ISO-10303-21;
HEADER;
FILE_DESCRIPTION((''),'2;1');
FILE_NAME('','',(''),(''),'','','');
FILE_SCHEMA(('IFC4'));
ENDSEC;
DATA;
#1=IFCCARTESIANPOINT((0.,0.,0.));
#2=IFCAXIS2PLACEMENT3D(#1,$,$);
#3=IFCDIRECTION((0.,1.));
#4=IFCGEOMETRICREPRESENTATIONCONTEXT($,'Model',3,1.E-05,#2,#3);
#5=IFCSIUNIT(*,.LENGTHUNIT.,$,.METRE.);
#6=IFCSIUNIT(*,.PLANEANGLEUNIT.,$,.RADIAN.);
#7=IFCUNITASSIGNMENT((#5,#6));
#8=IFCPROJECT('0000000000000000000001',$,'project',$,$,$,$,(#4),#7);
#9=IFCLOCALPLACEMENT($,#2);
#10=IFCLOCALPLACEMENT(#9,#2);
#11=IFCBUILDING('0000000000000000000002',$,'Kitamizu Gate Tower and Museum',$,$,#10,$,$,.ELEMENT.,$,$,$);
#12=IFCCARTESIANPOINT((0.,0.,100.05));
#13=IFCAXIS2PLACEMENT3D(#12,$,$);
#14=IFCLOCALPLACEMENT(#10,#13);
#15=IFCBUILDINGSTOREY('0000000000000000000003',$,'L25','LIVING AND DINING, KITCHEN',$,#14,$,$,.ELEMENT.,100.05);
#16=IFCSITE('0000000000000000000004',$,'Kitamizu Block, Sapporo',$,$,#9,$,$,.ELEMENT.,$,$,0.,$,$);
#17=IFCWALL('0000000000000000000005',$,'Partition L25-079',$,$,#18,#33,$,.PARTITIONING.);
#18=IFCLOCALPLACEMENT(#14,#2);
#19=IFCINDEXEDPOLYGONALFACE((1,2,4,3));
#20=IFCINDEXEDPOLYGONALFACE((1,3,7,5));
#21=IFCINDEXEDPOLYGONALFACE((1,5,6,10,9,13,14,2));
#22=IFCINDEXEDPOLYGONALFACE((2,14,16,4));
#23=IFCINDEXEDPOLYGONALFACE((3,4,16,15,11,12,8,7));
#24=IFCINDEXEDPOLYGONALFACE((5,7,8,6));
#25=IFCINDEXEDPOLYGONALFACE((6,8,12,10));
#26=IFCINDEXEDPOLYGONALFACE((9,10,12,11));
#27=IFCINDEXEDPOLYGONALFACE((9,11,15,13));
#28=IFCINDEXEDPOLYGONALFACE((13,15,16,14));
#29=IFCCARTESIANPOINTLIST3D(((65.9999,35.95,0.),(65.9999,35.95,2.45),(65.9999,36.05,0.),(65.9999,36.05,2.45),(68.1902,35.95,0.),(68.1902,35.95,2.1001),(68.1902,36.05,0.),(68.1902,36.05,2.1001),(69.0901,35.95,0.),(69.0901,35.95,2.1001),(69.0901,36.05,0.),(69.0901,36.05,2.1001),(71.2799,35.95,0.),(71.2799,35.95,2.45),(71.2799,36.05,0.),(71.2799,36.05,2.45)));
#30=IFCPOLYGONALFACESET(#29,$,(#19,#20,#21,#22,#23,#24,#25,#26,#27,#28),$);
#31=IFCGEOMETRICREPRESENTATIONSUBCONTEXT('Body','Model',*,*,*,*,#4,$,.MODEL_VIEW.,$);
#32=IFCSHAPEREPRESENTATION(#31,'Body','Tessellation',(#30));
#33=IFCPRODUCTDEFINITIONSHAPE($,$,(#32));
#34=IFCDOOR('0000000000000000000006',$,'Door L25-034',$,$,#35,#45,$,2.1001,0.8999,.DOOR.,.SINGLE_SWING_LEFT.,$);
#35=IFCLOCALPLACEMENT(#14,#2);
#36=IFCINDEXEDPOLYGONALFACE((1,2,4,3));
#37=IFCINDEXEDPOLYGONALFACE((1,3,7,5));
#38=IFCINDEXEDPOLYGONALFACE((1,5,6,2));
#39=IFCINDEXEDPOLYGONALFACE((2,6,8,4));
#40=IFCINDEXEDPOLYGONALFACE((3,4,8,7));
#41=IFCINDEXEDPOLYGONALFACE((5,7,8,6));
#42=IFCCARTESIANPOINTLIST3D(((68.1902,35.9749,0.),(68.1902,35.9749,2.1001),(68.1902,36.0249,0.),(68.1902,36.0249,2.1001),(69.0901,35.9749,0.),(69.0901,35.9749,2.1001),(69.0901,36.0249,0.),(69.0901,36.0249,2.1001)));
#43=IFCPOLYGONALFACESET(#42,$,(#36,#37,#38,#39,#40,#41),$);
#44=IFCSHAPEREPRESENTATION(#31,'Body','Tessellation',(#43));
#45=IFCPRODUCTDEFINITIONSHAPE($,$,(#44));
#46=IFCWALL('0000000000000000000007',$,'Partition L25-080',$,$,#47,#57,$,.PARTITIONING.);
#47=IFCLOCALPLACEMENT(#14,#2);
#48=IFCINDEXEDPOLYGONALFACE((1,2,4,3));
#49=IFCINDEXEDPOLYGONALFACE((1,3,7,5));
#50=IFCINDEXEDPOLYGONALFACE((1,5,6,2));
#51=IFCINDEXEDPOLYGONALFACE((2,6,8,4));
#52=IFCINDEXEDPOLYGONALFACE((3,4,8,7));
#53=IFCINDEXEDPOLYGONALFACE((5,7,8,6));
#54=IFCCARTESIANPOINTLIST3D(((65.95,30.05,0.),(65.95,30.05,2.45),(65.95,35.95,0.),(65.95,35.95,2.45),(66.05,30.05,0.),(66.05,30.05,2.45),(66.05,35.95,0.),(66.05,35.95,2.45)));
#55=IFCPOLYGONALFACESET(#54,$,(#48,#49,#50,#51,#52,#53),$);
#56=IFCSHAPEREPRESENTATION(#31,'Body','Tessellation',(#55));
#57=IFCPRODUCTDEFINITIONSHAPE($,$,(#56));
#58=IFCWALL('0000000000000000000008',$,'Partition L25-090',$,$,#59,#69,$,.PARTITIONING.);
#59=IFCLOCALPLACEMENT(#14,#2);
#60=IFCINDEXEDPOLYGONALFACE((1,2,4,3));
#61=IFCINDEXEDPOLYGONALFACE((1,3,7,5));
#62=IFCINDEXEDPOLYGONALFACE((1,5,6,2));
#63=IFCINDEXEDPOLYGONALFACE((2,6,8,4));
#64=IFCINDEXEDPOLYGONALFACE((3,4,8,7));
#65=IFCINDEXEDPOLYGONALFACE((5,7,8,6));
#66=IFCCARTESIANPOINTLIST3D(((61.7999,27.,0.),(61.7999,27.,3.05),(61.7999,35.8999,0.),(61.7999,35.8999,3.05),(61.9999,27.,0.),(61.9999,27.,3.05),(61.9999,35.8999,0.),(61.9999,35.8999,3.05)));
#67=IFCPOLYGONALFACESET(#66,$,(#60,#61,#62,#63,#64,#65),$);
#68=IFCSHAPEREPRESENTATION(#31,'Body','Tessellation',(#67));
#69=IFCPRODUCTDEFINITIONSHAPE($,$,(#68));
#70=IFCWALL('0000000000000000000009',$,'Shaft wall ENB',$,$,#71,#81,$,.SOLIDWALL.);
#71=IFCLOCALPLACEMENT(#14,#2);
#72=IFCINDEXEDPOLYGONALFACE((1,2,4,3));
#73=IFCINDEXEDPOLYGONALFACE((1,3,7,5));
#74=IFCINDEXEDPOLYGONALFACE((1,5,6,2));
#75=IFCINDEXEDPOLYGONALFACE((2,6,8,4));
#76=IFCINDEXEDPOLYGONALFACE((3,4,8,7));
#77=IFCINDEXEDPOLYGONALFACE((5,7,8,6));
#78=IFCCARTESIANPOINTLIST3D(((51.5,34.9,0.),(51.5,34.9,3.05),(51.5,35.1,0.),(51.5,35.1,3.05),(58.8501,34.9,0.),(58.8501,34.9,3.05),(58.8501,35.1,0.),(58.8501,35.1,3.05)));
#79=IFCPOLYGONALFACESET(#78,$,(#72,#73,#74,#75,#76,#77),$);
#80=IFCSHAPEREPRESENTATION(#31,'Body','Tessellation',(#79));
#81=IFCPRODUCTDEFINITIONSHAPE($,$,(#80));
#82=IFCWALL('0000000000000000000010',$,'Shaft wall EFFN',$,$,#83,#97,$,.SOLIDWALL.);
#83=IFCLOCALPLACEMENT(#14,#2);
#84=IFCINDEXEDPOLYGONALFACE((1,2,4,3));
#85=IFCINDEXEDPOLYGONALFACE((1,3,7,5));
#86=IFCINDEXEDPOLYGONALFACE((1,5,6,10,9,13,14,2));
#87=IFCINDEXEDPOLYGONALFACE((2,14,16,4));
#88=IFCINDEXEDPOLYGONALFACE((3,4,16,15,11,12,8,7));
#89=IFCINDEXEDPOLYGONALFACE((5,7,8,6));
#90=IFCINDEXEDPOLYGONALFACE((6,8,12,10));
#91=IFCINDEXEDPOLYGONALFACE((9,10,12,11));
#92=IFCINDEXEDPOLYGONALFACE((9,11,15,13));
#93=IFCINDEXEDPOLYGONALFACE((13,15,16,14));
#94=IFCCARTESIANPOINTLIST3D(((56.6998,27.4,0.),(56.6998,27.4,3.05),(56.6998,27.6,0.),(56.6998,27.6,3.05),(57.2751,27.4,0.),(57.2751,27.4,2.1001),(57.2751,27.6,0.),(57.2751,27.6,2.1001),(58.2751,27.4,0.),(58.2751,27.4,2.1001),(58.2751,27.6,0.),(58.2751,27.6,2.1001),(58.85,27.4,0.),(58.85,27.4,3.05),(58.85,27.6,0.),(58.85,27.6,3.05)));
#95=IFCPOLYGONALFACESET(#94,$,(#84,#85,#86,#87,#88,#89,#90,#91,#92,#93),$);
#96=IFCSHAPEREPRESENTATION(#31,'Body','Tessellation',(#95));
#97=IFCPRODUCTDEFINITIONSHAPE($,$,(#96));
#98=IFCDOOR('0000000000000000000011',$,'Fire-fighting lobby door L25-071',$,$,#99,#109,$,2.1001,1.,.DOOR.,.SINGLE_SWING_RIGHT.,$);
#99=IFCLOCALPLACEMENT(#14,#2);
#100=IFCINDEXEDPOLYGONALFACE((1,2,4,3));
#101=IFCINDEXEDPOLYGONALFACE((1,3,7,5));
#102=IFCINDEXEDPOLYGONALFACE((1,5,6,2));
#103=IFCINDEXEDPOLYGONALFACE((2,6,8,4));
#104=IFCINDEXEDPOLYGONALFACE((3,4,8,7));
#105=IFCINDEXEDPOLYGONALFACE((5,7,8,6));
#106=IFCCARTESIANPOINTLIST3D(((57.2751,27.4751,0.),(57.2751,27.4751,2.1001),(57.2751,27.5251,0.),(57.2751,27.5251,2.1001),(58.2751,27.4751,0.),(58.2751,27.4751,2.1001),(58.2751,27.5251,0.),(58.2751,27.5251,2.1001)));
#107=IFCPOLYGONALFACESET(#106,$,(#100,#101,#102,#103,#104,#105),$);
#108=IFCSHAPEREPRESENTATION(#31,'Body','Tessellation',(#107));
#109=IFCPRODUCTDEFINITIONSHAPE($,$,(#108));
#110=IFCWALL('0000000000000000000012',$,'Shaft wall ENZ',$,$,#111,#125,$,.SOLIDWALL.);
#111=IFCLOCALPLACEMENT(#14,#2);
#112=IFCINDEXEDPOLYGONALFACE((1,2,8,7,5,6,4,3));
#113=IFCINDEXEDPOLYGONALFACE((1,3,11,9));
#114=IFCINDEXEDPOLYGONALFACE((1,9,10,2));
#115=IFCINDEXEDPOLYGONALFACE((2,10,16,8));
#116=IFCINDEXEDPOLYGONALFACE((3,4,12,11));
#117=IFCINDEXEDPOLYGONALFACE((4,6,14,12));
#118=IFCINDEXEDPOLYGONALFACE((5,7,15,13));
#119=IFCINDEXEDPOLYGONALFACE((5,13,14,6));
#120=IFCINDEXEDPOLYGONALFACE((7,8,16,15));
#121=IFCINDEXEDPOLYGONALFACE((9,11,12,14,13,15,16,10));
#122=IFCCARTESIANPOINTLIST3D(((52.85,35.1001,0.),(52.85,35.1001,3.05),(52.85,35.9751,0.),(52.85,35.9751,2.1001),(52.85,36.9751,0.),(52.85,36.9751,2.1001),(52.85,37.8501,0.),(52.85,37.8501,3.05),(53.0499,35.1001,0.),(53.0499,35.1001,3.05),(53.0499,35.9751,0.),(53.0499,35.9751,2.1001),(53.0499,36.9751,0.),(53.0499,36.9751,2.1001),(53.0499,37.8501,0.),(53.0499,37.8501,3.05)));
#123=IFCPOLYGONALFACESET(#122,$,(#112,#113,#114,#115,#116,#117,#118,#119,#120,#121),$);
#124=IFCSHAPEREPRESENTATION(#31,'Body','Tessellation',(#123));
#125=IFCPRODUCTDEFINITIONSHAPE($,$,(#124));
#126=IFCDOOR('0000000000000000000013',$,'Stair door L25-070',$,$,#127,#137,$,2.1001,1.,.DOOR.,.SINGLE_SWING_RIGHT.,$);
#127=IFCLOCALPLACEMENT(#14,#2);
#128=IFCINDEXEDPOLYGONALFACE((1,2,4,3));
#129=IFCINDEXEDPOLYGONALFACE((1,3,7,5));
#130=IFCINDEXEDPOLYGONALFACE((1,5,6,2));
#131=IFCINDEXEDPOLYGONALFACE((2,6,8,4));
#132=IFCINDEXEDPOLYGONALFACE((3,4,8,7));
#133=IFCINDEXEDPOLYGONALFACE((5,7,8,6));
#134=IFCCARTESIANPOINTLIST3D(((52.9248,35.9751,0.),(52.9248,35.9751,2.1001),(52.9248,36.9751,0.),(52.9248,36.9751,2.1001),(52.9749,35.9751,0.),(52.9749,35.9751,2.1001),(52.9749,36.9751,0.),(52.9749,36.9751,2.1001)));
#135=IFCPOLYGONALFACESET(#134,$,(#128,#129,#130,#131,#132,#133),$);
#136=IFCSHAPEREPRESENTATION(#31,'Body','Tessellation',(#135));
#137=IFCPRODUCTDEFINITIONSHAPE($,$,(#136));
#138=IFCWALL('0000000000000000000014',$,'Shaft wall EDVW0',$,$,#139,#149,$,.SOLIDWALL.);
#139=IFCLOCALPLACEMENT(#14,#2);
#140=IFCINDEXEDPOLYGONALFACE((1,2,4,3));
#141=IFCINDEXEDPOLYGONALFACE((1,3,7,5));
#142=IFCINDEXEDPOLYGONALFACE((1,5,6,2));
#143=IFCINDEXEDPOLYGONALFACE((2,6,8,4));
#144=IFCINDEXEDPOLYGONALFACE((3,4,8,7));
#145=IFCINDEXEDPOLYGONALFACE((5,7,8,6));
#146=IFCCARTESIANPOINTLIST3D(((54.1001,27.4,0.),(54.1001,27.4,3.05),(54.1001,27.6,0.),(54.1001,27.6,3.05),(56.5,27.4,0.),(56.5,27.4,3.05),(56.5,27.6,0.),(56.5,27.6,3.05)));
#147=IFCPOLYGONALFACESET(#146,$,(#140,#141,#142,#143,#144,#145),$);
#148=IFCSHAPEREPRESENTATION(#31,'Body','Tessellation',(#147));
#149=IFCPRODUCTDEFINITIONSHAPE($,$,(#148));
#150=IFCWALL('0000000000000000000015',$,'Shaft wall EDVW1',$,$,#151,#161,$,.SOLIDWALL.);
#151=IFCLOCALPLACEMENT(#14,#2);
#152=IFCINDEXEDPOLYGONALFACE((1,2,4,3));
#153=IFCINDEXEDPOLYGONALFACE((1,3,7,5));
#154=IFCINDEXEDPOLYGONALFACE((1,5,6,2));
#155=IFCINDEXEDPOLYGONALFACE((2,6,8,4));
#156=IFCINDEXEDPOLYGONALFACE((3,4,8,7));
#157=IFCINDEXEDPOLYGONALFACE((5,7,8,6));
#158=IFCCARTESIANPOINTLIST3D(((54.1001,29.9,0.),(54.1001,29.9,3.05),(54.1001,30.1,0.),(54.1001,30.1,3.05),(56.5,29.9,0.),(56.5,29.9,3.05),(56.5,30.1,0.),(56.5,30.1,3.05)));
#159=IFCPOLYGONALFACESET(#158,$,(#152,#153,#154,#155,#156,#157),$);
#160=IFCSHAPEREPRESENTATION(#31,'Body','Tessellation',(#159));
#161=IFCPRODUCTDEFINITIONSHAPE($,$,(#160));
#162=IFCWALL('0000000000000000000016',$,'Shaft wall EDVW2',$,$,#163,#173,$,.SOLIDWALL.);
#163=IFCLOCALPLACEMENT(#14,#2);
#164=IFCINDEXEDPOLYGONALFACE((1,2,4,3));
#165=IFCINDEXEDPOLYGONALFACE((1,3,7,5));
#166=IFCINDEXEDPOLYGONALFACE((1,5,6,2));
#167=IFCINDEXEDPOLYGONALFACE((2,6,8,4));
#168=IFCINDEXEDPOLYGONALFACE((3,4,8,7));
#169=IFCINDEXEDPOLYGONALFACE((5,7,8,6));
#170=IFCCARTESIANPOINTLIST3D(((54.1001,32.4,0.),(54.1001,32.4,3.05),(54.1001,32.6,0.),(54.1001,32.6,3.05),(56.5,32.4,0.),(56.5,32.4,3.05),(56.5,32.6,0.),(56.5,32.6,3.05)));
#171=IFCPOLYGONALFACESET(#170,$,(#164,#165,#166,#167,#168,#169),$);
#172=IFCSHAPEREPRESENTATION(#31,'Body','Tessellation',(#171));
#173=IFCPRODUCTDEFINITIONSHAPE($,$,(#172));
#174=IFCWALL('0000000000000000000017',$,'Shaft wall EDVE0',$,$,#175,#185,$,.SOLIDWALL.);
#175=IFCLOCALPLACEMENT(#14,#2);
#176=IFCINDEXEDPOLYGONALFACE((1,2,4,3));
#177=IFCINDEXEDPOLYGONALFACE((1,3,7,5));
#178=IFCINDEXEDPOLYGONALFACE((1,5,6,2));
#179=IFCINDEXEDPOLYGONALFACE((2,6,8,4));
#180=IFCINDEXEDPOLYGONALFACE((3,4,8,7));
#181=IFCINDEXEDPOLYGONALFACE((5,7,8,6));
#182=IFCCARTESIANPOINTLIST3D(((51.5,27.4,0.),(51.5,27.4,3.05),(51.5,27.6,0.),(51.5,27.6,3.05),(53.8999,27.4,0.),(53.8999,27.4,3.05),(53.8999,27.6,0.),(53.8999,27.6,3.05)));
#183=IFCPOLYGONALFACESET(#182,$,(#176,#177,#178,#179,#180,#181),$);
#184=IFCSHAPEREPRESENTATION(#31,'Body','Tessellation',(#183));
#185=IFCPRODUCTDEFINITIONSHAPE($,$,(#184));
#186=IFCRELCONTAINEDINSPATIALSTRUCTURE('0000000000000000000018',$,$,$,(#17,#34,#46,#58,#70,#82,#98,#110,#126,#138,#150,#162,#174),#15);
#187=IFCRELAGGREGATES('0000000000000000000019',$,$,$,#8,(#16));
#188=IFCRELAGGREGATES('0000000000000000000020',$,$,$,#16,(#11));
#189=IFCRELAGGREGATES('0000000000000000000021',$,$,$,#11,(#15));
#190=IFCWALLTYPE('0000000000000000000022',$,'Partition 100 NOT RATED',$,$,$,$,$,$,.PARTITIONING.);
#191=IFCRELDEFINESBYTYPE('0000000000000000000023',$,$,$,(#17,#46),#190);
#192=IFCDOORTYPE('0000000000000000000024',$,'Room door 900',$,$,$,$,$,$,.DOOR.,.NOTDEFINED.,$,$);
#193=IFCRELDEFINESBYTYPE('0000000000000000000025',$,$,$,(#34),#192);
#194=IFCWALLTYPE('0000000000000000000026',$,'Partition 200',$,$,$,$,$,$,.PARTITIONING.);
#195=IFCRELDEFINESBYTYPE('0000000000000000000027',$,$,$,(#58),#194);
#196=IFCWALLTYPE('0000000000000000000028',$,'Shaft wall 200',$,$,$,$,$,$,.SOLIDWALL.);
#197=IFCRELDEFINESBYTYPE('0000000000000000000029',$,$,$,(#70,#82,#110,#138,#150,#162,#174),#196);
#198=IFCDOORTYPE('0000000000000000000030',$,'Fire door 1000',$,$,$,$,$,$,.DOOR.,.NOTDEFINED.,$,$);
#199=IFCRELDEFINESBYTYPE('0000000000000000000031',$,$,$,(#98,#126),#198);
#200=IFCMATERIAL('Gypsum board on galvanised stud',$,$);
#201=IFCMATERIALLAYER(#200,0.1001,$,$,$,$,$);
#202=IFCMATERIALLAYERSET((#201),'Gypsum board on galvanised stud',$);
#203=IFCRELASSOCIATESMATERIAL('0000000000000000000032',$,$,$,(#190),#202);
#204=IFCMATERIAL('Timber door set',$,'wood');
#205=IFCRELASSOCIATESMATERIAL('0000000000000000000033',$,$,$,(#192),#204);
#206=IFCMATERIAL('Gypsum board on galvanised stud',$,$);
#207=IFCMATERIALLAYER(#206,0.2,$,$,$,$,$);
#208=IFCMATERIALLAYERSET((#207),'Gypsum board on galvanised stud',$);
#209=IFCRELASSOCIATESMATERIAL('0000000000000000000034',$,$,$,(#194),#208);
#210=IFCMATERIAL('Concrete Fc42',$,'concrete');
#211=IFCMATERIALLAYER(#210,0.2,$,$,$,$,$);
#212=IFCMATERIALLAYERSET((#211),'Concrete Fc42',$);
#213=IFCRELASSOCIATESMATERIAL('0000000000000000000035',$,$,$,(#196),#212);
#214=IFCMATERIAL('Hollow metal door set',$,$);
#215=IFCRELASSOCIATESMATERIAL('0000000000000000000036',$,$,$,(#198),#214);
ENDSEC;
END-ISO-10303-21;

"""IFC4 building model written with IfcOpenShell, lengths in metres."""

from ifc_helpers import new_model, si_unit, direction, frame, frame_2d, origin, place, context, subcontext, project, spatial, rectangle, extrude, material, layer, layer_set, type_object, element, fill, save


model = new_model("IFC4")

# Units and contexts
model_context = context("Model", 3, precision=1e-05, world=origin(), true_north=direction((0.0, 1.0)))
body_context = subcontext(model_context, "Body", "Model", "MODEL_VIEW")
ifc_project = project(units=[si_unit("LENGTHUNIT", "METRE"), si_unit("PLANEANGLEUNIT", "RADIAN")], contexts=[model_context])

# Site, building, storey
site_placement = place(None, origin())
site = spatial("IfcSite", under=ifc_project, at=site_placement, Name="Kitamizu Block, Sapporo", CompositionType="ELEMENT", RefElevation=0.0)
building_placement = place(site_placement, origin())
building = spatial("IfcBuilding", under=site, at=building_placement, Name="Kitamizu Gate Tower and Museum", CompositionType="ELEMENT")
storey_placement = place(building_placement, frame((0.0, 0.0, 100.05)))
storey = spatial("IfcBuildingStorey", under=building, at=storey_placement, Name="L25", Description="LIVING AND DINING, KITCHEN", CompositionType="ELEMENT", Elevation=100.05)

# Shared definitions
ifc_material_1 = material(Name="Gypsum board on galvanised stud")
ifc_layer_1 = layer(ifc_material_1, 0.1001)
ifc_layer_set_1 = layer_set([ifc_layer_1], Name="Gypsum board on galvanised stud")
wall_type_1 = type_object("IfcWallType", Name="Partition 100 NOT RATED", PredefinedType="PARTITIONING", material=ifc_layer_set_1)
ifc_material_2 = material(Name="Timber door set", Category="wood")
door_type_1 = type_object("IfcDoorType", Name="Room door 900", OperationType="NOTDEFINED", PredefinedType="DOOR", material=ifc_material_2)

# Wall, opening, door
wall_1_placement = place(storey_placement, frame((71.28, 36.0, 0.0), z_axis=(0.0, 0.0, 1.0), x_axis=(-1.0, 0.0, 0.0)))
wall_1 = element("IfcWall", 1, at=wall_1_placement, inside=storey, type_object=wall_type_1, Name="Partition L25-079", PredefinedType="PARTITIONING", context=body_context, shape_type="SweptSolid", body=[
    extrude(rectangle(XDim=5.28, YDim=0.1001, at=frame_2d((2.6401, 0.0))), origin(), (0.0, 0.0, 1.0), 2.45),
])
opening_1_placement = place(wall_1_placement, frame((2.1899, 0.0, 0.0)))
opening_1 = element("IfcOpeningElement", 2, at=opening_1_placement, cuts=wall_1, PredefinedType="OPENING", context=body_context, shape_type="SweptSolid", body=[
    extrude(rectangle(XDim=0.8999, YDim=2.1001, at=frame_2d((0.45, 1.05))), frame((0.0, 0.0601, 0.0), z_axis=(0.0, -1.0, 0.0), x_axis=(1.0, 0.0, 0.0)), (0.0, 0.0, 1.0), 0.1201),
])
door_1_placement = place(opening_1_placement, frame((0.8999, 0.0, 0.0), x_axis=(-1.0, 0.0, 0.0)))
door_1 = element("IfcDoor", 3, at=door_1_placement, inside=storey, type_object=door_type_1, Name="Door L25-034", OperationType="SINGLE_SWING_LEFT", OverallHeight=2.1001, OverallWidth=0.8999, PredefinedType="DOOR", context=body_context, shape_type="SweptSolid", body=[
    extrude(rectangle(XDim=0.8999, YDim=2.1001, at=frame_2d((0.45, 1.05))), frame((0.0, 0.0249, 0.0), z_axis=(0.0, -1.0, 0.0), x_axis=(1.0, 0.0, 0.0)), (0.0, 0.0, 1.0), 0.05),
])
fill(opening_1, door_1)

# Walls
wall_2_placement = place(storey_placement, frame((66.0, 35.95, 0.0), z_axis=(0.0, 0.0, 1.0), x_axis=(0.0, -1.0, 0.0)))
element("IfcWall", 4, at=wall_2_placement, inside=storey, type_object=wall_type_1, Name="Partition L25-080", PredefinedType="PARTITIONING", context=body_context, shape_type="SweptSolid", body=[
    extrude(rectangle(XDim=5.8999, YDim=0.1001, at=frame_2d((2.95, 0.0))), origin(), (0.0, 0.0, 1.0), 2.45),
])
ifc_material_3 = material(Name="Gypsum board on galvanised stud")
ifc_layer_2 = layer(ifc_material_3, 0.2)
ifc_layer_set_2 = layer_set([ifc_layer_2], Name="Gypsum board on galvanised stud")
wall_type_2 = type_object("IfcWallType", Name="Partition 200", PredefinedType="PARTITIONING", material=ifc_layer_set_2)
wall_3_placement = place(storey_placement, frame((61.8999, 35.8999, 0.0), z_axis=(0.0, 0.0, 1.0), x_axis=(0.0, -1.0, 0.0)))
element("IfcWall", 5, at=wall_3_placement, inside=storey, type_object=wall_type_2, Name="Partition L25-090", PredefinedType="PARTITIONING", context=body_context, shape_type="SweptSolid", body=[
    extrude(rectangle(XDim=8.8999, YDim=0.2, at=frame_2d((4.45, 0.0))), origin(), (0.0, 0.0, 1.0), 3.05),
])
ifc_material_4 = material(Name="Concrete Fc42", Category="concrete")
ifc_layer_3 = layer(ifc_material_4, 0.2)
ifc_layer_set_3 = layer_set([ifc_layer_3], Name="Concrete Fc42")
wall_type_3 = type_object("IfcWallType", Name="Shaft wall 200", PredefinedType="SOLIDWALL", material=ifc_layer_set_3)
wall_4_placement = place(storey_placement, frame((58.8501, 35.0, 0.0), z_axis=(0.0, 0.0, 1.0), x_axis=(-1.0, 0.0, 0.0)))
element("IfcWall", 6, at=wall_4_placement, inside=storey, type_object=wall_type_3, Name="Shaft wall ENB", PredefinedType="SOLIDWALL", context=body_context, shape_type="SweptSolid", body=[
    extrude(rectangle(XDim=7.3501, YDim=0.2, at=frame_2d((3.675, 0.0))), origin(), (0.0, 0.0, 1.0), 3.05),
])

# Walls, openings, doors
wall_5_placement = place(storey_placement, frame((58.8501, 27.5, 0.0), z_axis=(0.0, 0.0, 1.0), x_axis=(-1.0, 0.0, 0.0)))
wall_5 = element("IfcWall", 7, at=wall_5_placement, inside=storey, type_object=wall_type_3, Name="Shaft wall EFFN", PredefinedType="SOLIDWALL", context=body_context, shape_type="SweptSolid", body=[
    extrude(rectangle(XDim=2.1501, YDim=0.2, at=frame_2d((1.0752, 0.0))), origin(), (0.0, 0.0, 1.0), 3.05),
])
opening_2_placement = place(wall_5_placement, frame((0.575, 0.0, 0.0)))
opening_2 = element("IfcOpeningElement", 8, at=opening_2_placement, cuts=wall_5, PredefinedType="OPENING", context=body_context, shape_type="SweptSolid", body=[
    extrude(rectangle(XDim=1.0, YDim=2.1001, at=frame_2d((0.5, 1.05))), frame((0.0, 0.1099, 0.0), z_axis=(0.0, -1.0, 0.0), x_axis=(1.0, 0.0, 0.0)), (0.0, 0.0, 1.0), 0.22),
])
ifc_material_5 = material(Name="Hollow metal door set")
door_type_2 = type_object("IfcDoorType", Name="Fire door 1000", OperationType="NOTDEFINED", PredefinedType="DOOR", material=ifc_material_5)
door_2_placement = place(opening_2_placement, origin())
door_2 = element("IfcDoor", 9, at=door_2_placement, inside=storey, type_object=door_type_2, Name="Fire-fighting lobby door L25-071", OperationType="SINGLE_SWING_RIGHT", OverallHeight=2.1001, OverallWidth=1.0, PredefinedType="DOOR", context=body_context, shape_type="SweptSolid", body=[
    extrude(rectangle(XDim=1.0, YDim=2.1001, at=frame_2d((0.5, 1.05))), frame((0.0, 0.0249, 0.0), z_axis=(0.0, -1.0, 0.0), x_axis=(1.0, 0.0, 0.0)), (0.0, 0.0, 1.0), 0.05),
])
fill(opening_2, door_2)
wall_6_placement = place(storey_placement, frame((52.95, 35.1001, 0.0), z_axis=(0.0, 0.0, 1.0), x_axis=(0.0, 1.0, 0.0)))
wall_6 = element("IfcWall", 10, at=wall_6_placement, inside=storey, type_object=wall_type_3, Name="Shaft wall ENZ", PredefinedType="SOLIDWALL", context=body_context, shape_type="SweptSolid", body=[
    extrude(rectangle(XDim=2.75, YDim=0.2, at=frame_2d((1.375, 0.0))), origin(), (0.0, 0.0, 1.0), 3.05),
])
opening_3_placement = place(wall_6_placement, frame((0.875, 0.0, 0.0)))
opening_3 = element("IfcOpeningElement", 11, at=opening_3_placement, cuts=wall_6, PredefinedType="OPENING", context=body_context, shape_type="SweptSolid", body=[
    extrude(rectangle(XDim=1.0, YDim=2.1001, at=frame_2d((0.5, 1.05))), frame((0.0, 0.1099, 0.0), z_axis=(0.0, -1.0, 0.0), x_axis=(1.0, 0.0, 0.0)), (0.0, 0.0, 1.0), 0.22),
])
door_3_placement = place(opening_3_placement, frame((1.0, 0.0, 0.0), x_axis=(-1.0, 0.0, 0.0)))
door_3 = element("IfcDoor", 12, at=door_3_placement, inside=storey, type_object=door_type_2, Name="Stair door L25-070", OperationType="SINGLE_SWING_RIGHT", OverallHeight=2.1001, OverallWidth=1.0, PredefinedType="DOOR", context=body_context, shape_type="SweptSolid", body=[
    extrude(rectangle(XDim=1.0, YDim=2.1001, at=frame_2d((0.5, 1.05))), frame((0.0, 0.0249, 0.0), z_axis=(0.0, -1.0, 0.0), x_axis=(1.0, 0.0, 0.0)), (0.0, 0.0, 1.0), 0.05),
])
fill(opening_3, door_3)

# Walls
for number, where, z_axis, x_axis, name in (
    (13, (56.5, 27.5, 0.0), (0.0, 0.0, 1.0), (-1.0, 0.0, 0.0), "Shaft wall EDVW0"),
    (14, (56.5, 30.0, 0.0), (0.0, 0.0, 1.0), (-1.0, 0.0, 0.0), "Shaft wall EDVW1"),
    (15, (56.5, 32.5, 0.0), (0.0, 0.0, 1.0), (-1.0, 0.0, 0.0), "Shaft wall EDVW2"),
    (16, (53.8999, 27.5, 0.0), (0.0, 0.0, 1.0), (-1.0, 0.0, 0.0), "Shaft wall EDVE0"),
):
    element("IfcWall", number, at=place(storey_placement, frame(where, z_axis=z_axis, x_axis=x_axis)), inside=storey, type_object=wall_type_3, Name=name, PredefinedType="SOLIDWALL", context=body_context, shape_type="SweptSolid", body=[
        extrude(rectangle(XDim=2.3999, YDim=0.2, at=frame_2d((1.2, 0.0))), origin(), (0.0, 0.0, 1.0), 3.05),
    ])

save(model, "model.ifc")
